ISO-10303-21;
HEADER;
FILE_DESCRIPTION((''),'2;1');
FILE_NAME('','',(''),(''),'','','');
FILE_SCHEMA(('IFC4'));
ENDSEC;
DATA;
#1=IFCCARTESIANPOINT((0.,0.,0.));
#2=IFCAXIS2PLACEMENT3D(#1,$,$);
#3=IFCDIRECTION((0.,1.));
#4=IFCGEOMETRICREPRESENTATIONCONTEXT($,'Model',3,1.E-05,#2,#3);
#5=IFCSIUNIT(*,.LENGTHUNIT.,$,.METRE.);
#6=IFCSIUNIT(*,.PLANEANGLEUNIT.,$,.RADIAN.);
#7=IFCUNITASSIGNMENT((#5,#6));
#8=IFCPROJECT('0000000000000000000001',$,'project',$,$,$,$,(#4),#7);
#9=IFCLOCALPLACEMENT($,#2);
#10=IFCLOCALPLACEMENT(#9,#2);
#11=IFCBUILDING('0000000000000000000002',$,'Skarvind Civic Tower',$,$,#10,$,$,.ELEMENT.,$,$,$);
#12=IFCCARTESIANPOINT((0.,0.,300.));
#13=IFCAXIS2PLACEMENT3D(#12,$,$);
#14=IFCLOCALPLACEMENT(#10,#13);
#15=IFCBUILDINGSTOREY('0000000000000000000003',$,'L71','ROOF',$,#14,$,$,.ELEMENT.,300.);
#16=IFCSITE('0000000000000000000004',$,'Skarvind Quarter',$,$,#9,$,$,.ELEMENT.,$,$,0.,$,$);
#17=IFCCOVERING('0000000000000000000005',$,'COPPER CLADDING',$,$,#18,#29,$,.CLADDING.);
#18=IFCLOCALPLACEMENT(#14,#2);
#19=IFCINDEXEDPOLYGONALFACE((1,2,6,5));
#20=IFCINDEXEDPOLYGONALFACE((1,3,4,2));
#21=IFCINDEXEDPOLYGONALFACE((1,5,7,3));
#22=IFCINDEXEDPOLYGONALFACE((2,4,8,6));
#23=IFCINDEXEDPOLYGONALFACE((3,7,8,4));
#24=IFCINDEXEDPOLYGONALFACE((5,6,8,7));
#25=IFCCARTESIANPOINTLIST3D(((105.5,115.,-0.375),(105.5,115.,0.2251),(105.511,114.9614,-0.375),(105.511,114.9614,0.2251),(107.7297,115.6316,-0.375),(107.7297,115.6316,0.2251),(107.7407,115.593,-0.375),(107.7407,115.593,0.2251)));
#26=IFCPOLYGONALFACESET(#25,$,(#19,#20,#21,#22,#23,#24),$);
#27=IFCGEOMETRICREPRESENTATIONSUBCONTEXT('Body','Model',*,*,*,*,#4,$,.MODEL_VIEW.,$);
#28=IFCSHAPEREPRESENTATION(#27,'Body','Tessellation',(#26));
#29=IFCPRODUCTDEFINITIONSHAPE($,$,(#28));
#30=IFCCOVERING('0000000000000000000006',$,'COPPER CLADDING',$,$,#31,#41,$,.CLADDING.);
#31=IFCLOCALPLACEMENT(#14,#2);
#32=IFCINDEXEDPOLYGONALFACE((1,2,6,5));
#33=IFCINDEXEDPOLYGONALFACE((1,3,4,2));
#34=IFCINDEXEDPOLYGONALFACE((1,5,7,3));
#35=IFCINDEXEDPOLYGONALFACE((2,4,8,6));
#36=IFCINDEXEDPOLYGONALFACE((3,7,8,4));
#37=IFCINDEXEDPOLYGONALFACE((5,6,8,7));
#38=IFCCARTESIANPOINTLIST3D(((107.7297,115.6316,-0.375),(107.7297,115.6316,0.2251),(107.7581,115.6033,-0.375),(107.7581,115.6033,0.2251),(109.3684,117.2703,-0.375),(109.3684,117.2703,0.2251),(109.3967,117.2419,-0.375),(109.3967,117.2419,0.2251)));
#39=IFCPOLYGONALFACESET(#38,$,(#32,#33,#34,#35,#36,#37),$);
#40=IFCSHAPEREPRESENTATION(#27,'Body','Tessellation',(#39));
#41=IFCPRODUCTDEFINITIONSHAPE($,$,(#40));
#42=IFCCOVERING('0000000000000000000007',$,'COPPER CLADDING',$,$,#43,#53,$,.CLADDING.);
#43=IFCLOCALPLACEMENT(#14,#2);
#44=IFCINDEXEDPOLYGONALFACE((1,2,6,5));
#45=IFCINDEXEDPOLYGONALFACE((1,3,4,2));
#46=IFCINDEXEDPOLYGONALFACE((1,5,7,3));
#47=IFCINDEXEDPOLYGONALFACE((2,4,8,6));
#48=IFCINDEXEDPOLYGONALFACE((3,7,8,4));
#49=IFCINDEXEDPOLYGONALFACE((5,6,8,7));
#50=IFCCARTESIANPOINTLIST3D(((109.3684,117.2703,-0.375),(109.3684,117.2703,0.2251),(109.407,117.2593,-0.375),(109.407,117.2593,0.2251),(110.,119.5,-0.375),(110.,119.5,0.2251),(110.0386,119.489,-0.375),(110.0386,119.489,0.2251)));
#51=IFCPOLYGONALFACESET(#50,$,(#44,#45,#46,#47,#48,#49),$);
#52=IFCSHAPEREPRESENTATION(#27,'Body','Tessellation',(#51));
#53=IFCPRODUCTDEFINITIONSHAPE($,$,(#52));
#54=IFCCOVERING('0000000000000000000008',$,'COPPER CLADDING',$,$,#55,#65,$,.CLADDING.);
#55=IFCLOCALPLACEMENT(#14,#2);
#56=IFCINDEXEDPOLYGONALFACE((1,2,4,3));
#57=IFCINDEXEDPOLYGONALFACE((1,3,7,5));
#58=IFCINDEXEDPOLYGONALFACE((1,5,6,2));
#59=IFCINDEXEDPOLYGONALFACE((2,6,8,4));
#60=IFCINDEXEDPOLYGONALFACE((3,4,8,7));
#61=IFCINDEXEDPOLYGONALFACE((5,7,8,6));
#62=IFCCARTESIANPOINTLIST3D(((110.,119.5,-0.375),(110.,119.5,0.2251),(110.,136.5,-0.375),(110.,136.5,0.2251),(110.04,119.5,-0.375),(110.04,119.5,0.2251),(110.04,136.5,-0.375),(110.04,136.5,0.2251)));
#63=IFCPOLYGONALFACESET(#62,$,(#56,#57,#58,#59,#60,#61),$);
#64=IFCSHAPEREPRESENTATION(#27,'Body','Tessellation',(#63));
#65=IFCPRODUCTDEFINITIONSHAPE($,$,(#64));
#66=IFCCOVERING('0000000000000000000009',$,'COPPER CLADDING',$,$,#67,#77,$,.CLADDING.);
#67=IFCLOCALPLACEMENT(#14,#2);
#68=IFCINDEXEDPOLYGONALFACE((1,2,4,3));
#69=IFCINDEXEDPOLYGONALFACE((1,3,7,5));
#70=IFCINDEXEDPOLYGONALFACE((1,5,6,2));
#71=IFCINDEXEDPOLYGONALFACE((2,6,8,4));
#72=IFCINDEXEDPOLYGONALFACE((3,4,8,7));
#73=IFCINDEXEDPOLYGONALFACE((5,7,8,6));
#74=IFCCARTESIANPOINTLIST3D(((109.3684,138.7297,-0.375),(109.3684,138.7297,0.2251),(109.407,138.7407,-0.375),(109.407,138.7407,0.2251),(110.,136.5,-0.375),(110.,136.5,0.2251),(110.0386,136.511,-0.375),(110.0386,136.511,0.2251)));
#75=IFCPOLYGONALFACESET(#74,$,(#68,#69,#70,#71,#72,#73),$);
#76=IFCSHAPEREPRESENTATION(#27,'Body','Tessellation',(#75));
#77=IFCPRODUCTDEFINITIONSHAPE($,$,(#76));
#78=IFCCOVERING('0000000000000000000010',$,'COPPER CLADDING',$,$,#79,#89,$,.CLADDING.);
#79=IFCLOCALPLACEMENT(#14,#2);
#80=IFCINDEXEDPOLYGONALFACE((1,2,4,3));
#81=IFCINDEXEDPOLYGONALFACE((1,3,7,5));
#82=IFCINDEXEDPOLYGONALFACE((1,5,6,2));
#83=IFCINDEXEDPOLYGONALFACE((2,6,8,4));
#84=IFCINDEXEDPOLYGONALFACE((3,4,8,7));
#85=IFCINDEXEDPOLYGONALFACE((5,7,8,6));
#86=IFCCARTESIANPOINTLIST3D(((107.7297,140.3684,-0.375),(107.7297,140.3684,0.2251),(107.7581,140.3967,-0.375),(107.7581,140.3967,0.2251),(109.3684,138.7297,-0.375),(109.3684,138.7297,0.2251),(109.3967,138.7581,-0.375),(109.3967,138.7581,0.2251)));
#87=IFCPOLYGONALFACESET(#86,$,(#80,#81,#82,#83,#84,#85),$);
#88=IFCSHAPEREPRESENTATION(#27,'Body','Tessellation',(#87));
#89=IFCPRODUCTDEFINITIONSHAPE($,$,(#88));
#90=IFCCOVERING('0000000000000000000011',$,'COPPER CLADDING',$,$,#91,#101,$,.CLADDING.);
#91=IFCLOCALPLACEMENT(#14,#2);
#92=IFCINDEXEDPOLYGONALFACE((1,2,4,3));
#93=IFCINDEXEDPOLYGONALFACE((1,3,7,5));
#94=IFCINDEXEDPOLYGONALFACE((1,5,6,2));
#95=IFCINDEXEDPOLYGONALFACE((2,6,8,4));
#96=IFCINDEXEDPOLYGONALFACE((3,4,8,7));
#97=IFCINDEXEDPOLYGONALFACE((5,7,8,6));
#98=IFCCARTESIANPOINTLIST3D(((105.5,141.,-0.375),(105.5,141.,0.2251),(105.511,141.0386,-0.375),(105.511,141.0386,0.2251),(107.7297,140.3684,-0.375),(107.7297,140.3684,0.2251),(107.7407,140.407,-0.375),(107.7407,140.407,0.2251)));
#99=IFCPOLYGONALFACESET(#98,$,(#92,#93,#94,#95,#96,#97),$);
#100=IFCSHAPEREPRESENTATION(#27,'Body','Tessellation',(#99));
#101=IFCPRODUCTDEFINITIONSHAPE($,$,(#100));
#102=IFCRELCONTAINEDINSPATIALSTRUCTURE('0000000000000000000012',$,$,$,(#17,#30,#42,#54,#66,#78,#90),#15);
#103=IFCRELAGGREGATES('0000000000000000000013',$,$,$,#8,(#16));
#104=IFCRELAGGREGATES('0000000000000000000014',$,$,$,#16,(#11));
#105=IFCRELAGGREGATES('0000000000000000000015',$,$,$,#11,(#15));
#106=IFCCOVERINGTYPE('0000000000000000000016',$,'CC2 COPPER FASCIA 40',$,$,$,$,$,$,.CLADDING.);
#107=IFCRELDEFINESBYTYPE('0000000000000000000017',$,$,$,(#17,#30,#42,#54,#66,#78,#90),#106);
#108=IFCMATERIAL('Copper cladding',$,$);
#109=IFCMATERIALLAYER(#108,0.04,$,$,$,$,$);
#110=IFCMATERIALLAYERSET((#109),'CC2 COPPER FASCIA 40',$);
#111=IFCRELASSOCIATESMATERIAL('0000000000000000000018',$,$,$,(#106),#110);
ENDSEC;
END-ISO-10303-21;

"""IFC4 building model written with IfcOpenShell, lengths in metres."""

from ifc_helpers import new_model, si_unit, direction, frame, origin, place, context, subcontext, project, spatial, polyline, outline, extrude, material, layer, layer_set, type_object, element, save


model = new_model("IFC4")

# Units and contexts
model_context = context("Model", 3, precision=1e-05, world=origin(), true_north=direction((0.0, 1.0)))
body_context = subcontext(model_context, "Body", "Model", "MODEL_VIEW")
ifc_project = project(units=[si_unit("LENGTHUNIT", "METRE"), si_unit("PLANEANGLEUNIT", "RADIAN")], contexts=[model_context])

# Site, building, storey
site_placement = place(None, origin())
site = spatial("IfcSite", under=ifc_project, at=site_placement, Name="Skarvind Quarter", CompositionType="ELEMENT", RefElevation=0.0)
building_placement = place(site_placement, origin())
building = spatial("IfcBuilding", under=site, at=building_placement, Name="Skarvind Civic Tower", CompositionType="ELEMENT")
storey_placement = place(building_placement, frame((0.0, 0.0, 300.0)))
storey = spatial("IfcBuildingStorey", under=building, at=storey_placement, Name="L71", Description="ROOF", CompositionType="ELEMENT", Elevation=300.0)

# Coverings
ifc_material_1 = material(Name="Copper cladding")
ifc_layer_1 = layer(ifc_material_1, 0.04)
ifc_layer_set_1 = layer_set([ifc_layer_1], Name="CC2 COPPER FASCIA 40")
covering_type = type_object("IfcCoveringType", Name="CC2 COPPER FASCIA 40", PredefinedType="CLADDING", material=ifc_layer_set_1)
covering_1_placement = place(storey_placement, frame((0.0, 0.0, -0.375)))
element("IfcCovering", 1, at=covering_1_placement, inside=storey, type_object=covering_type, Name="COPPER CLADDING", PredefinedType="CLADDING", context=body_context, shape_type="SweptSolid", body=[
    extrude(outline(polyline([(105.5, 115.0), (107.7297, 115.6316), (107.7407, 115.593), (105.511, 114.9614), (105.5, 115.0)])), origin(), (0.0, 0.0, 1.0), 0.6001),
])
covering_2_placement = place(storey_placement, frame((0.0, 0.0, -0.375)))
element("IfcCovering", 2, at=covering_2_placement, inside=storey, type_object=covering_type, Name="COPPER CLADDING", PredefinedType="CLADDING", context=body_context, shape_type="SweptSolid", body=[
    extrude(outline(polyline([(107.7297, 115.6316), (109.3684, 117.2703), (109.3967, 117.2419), (107.7581, 115.6033), (107.7297, 115.6316)])), origin(), (0.0, 0.0, 1.0), 0.6001),
])
covering_3_placement = place(storey_placement, frame((0.0, 0.0, -0.375)))
element("IfcCovering", 3, at=covering_3_placement, inside=storey, type_object=covering_type, Name="COPPER CLADDING", PredefinedType="CLADDING", context=body_context, shape_type="SweptSolid", body=[
    extrude(outline(polyline([(109.3684, 117.2703), (110.0, 119.5), (110.0386, 119.489), (109.407, 117.2593), (109.3684, 117.2703)])), origin(), (0.0, 0.0, 1.0), 0.6001),
])
covering_4_placement = place(storey_placement, frame((0.0, 0.0, -0.375)))
element("IfcCovering", 4, at=covering_4_placement, inside=storey, type_object=covering_type, Name="COPPER CLADDING", PredefinedType="CLADDING", context=body_context, shape_type="SweptSolid", body=[
    extrude(outline(polyline([(110.0, 119.5), (110.0, 136.5), (110.04, 136.5), (110.04, 119.5), (110.0, 119.5)])), origin(), (0.0, 0.0, 1.0), 0.6001),
])
covering_5_placement = place(storey_placement, frame((0.0, 0.0, -0.375)))
element("IfcCovering", 5, at=covering_5_placement, inside=storey, type_object=covering_type, Name="COPPER CLADDING", PredefinedType="CLADDING", context=body_context, shape_type="SweptSolid", body=[
    extrude(outline(polyline([(110.0, 136.5), (109.3684, 138.7297), (109.407, 138.7407), (110.0386, 136.511), (110.0, 136.5)])), origin(), (0.0, 0.0, 1.0), 0.6001),
])
covering_6_placement = place(storey_placement, frame((0.0, 0.0, -0.375)))
element("IfcCovering", 6, at=covering_6_placement, inside=storey, type_object=covering_type, Name="COPPER CLADDING", PredefinedType="CLADDING", context=body_context, shape_type="SweptSolid", body=[
    extrude(outline(polyline([(109.3684, 138.7297), (107.7297, 140.3684), (107.7581, 140.3967), (109.3967, 138.7581), (109.3684, 138.7297)])), origin(), (0.0, 0.0, 1.0), 0.6001),
])
covering_7_placement = place(storey_placement, frame((0.0, 0.0, -0.375)))
element("IfcCovering", 7, at=covering_7_placement, inside=storey, type_object=covering_type, Name="COPPER CLADDING", PredefinedType="CLADDING", context=body_context, shape_type="SweptSolid", body=[
    extrude(outline(polyline([(107.7297, 140.3684), (105.5, 141.0), (105.511, 141.0386), (107.7407, 140.407), (107.7297, 140.3684)])), origin(), (0.0, 0.0, 1.0), 0.6001),
])

save(model, "model.ifc")
